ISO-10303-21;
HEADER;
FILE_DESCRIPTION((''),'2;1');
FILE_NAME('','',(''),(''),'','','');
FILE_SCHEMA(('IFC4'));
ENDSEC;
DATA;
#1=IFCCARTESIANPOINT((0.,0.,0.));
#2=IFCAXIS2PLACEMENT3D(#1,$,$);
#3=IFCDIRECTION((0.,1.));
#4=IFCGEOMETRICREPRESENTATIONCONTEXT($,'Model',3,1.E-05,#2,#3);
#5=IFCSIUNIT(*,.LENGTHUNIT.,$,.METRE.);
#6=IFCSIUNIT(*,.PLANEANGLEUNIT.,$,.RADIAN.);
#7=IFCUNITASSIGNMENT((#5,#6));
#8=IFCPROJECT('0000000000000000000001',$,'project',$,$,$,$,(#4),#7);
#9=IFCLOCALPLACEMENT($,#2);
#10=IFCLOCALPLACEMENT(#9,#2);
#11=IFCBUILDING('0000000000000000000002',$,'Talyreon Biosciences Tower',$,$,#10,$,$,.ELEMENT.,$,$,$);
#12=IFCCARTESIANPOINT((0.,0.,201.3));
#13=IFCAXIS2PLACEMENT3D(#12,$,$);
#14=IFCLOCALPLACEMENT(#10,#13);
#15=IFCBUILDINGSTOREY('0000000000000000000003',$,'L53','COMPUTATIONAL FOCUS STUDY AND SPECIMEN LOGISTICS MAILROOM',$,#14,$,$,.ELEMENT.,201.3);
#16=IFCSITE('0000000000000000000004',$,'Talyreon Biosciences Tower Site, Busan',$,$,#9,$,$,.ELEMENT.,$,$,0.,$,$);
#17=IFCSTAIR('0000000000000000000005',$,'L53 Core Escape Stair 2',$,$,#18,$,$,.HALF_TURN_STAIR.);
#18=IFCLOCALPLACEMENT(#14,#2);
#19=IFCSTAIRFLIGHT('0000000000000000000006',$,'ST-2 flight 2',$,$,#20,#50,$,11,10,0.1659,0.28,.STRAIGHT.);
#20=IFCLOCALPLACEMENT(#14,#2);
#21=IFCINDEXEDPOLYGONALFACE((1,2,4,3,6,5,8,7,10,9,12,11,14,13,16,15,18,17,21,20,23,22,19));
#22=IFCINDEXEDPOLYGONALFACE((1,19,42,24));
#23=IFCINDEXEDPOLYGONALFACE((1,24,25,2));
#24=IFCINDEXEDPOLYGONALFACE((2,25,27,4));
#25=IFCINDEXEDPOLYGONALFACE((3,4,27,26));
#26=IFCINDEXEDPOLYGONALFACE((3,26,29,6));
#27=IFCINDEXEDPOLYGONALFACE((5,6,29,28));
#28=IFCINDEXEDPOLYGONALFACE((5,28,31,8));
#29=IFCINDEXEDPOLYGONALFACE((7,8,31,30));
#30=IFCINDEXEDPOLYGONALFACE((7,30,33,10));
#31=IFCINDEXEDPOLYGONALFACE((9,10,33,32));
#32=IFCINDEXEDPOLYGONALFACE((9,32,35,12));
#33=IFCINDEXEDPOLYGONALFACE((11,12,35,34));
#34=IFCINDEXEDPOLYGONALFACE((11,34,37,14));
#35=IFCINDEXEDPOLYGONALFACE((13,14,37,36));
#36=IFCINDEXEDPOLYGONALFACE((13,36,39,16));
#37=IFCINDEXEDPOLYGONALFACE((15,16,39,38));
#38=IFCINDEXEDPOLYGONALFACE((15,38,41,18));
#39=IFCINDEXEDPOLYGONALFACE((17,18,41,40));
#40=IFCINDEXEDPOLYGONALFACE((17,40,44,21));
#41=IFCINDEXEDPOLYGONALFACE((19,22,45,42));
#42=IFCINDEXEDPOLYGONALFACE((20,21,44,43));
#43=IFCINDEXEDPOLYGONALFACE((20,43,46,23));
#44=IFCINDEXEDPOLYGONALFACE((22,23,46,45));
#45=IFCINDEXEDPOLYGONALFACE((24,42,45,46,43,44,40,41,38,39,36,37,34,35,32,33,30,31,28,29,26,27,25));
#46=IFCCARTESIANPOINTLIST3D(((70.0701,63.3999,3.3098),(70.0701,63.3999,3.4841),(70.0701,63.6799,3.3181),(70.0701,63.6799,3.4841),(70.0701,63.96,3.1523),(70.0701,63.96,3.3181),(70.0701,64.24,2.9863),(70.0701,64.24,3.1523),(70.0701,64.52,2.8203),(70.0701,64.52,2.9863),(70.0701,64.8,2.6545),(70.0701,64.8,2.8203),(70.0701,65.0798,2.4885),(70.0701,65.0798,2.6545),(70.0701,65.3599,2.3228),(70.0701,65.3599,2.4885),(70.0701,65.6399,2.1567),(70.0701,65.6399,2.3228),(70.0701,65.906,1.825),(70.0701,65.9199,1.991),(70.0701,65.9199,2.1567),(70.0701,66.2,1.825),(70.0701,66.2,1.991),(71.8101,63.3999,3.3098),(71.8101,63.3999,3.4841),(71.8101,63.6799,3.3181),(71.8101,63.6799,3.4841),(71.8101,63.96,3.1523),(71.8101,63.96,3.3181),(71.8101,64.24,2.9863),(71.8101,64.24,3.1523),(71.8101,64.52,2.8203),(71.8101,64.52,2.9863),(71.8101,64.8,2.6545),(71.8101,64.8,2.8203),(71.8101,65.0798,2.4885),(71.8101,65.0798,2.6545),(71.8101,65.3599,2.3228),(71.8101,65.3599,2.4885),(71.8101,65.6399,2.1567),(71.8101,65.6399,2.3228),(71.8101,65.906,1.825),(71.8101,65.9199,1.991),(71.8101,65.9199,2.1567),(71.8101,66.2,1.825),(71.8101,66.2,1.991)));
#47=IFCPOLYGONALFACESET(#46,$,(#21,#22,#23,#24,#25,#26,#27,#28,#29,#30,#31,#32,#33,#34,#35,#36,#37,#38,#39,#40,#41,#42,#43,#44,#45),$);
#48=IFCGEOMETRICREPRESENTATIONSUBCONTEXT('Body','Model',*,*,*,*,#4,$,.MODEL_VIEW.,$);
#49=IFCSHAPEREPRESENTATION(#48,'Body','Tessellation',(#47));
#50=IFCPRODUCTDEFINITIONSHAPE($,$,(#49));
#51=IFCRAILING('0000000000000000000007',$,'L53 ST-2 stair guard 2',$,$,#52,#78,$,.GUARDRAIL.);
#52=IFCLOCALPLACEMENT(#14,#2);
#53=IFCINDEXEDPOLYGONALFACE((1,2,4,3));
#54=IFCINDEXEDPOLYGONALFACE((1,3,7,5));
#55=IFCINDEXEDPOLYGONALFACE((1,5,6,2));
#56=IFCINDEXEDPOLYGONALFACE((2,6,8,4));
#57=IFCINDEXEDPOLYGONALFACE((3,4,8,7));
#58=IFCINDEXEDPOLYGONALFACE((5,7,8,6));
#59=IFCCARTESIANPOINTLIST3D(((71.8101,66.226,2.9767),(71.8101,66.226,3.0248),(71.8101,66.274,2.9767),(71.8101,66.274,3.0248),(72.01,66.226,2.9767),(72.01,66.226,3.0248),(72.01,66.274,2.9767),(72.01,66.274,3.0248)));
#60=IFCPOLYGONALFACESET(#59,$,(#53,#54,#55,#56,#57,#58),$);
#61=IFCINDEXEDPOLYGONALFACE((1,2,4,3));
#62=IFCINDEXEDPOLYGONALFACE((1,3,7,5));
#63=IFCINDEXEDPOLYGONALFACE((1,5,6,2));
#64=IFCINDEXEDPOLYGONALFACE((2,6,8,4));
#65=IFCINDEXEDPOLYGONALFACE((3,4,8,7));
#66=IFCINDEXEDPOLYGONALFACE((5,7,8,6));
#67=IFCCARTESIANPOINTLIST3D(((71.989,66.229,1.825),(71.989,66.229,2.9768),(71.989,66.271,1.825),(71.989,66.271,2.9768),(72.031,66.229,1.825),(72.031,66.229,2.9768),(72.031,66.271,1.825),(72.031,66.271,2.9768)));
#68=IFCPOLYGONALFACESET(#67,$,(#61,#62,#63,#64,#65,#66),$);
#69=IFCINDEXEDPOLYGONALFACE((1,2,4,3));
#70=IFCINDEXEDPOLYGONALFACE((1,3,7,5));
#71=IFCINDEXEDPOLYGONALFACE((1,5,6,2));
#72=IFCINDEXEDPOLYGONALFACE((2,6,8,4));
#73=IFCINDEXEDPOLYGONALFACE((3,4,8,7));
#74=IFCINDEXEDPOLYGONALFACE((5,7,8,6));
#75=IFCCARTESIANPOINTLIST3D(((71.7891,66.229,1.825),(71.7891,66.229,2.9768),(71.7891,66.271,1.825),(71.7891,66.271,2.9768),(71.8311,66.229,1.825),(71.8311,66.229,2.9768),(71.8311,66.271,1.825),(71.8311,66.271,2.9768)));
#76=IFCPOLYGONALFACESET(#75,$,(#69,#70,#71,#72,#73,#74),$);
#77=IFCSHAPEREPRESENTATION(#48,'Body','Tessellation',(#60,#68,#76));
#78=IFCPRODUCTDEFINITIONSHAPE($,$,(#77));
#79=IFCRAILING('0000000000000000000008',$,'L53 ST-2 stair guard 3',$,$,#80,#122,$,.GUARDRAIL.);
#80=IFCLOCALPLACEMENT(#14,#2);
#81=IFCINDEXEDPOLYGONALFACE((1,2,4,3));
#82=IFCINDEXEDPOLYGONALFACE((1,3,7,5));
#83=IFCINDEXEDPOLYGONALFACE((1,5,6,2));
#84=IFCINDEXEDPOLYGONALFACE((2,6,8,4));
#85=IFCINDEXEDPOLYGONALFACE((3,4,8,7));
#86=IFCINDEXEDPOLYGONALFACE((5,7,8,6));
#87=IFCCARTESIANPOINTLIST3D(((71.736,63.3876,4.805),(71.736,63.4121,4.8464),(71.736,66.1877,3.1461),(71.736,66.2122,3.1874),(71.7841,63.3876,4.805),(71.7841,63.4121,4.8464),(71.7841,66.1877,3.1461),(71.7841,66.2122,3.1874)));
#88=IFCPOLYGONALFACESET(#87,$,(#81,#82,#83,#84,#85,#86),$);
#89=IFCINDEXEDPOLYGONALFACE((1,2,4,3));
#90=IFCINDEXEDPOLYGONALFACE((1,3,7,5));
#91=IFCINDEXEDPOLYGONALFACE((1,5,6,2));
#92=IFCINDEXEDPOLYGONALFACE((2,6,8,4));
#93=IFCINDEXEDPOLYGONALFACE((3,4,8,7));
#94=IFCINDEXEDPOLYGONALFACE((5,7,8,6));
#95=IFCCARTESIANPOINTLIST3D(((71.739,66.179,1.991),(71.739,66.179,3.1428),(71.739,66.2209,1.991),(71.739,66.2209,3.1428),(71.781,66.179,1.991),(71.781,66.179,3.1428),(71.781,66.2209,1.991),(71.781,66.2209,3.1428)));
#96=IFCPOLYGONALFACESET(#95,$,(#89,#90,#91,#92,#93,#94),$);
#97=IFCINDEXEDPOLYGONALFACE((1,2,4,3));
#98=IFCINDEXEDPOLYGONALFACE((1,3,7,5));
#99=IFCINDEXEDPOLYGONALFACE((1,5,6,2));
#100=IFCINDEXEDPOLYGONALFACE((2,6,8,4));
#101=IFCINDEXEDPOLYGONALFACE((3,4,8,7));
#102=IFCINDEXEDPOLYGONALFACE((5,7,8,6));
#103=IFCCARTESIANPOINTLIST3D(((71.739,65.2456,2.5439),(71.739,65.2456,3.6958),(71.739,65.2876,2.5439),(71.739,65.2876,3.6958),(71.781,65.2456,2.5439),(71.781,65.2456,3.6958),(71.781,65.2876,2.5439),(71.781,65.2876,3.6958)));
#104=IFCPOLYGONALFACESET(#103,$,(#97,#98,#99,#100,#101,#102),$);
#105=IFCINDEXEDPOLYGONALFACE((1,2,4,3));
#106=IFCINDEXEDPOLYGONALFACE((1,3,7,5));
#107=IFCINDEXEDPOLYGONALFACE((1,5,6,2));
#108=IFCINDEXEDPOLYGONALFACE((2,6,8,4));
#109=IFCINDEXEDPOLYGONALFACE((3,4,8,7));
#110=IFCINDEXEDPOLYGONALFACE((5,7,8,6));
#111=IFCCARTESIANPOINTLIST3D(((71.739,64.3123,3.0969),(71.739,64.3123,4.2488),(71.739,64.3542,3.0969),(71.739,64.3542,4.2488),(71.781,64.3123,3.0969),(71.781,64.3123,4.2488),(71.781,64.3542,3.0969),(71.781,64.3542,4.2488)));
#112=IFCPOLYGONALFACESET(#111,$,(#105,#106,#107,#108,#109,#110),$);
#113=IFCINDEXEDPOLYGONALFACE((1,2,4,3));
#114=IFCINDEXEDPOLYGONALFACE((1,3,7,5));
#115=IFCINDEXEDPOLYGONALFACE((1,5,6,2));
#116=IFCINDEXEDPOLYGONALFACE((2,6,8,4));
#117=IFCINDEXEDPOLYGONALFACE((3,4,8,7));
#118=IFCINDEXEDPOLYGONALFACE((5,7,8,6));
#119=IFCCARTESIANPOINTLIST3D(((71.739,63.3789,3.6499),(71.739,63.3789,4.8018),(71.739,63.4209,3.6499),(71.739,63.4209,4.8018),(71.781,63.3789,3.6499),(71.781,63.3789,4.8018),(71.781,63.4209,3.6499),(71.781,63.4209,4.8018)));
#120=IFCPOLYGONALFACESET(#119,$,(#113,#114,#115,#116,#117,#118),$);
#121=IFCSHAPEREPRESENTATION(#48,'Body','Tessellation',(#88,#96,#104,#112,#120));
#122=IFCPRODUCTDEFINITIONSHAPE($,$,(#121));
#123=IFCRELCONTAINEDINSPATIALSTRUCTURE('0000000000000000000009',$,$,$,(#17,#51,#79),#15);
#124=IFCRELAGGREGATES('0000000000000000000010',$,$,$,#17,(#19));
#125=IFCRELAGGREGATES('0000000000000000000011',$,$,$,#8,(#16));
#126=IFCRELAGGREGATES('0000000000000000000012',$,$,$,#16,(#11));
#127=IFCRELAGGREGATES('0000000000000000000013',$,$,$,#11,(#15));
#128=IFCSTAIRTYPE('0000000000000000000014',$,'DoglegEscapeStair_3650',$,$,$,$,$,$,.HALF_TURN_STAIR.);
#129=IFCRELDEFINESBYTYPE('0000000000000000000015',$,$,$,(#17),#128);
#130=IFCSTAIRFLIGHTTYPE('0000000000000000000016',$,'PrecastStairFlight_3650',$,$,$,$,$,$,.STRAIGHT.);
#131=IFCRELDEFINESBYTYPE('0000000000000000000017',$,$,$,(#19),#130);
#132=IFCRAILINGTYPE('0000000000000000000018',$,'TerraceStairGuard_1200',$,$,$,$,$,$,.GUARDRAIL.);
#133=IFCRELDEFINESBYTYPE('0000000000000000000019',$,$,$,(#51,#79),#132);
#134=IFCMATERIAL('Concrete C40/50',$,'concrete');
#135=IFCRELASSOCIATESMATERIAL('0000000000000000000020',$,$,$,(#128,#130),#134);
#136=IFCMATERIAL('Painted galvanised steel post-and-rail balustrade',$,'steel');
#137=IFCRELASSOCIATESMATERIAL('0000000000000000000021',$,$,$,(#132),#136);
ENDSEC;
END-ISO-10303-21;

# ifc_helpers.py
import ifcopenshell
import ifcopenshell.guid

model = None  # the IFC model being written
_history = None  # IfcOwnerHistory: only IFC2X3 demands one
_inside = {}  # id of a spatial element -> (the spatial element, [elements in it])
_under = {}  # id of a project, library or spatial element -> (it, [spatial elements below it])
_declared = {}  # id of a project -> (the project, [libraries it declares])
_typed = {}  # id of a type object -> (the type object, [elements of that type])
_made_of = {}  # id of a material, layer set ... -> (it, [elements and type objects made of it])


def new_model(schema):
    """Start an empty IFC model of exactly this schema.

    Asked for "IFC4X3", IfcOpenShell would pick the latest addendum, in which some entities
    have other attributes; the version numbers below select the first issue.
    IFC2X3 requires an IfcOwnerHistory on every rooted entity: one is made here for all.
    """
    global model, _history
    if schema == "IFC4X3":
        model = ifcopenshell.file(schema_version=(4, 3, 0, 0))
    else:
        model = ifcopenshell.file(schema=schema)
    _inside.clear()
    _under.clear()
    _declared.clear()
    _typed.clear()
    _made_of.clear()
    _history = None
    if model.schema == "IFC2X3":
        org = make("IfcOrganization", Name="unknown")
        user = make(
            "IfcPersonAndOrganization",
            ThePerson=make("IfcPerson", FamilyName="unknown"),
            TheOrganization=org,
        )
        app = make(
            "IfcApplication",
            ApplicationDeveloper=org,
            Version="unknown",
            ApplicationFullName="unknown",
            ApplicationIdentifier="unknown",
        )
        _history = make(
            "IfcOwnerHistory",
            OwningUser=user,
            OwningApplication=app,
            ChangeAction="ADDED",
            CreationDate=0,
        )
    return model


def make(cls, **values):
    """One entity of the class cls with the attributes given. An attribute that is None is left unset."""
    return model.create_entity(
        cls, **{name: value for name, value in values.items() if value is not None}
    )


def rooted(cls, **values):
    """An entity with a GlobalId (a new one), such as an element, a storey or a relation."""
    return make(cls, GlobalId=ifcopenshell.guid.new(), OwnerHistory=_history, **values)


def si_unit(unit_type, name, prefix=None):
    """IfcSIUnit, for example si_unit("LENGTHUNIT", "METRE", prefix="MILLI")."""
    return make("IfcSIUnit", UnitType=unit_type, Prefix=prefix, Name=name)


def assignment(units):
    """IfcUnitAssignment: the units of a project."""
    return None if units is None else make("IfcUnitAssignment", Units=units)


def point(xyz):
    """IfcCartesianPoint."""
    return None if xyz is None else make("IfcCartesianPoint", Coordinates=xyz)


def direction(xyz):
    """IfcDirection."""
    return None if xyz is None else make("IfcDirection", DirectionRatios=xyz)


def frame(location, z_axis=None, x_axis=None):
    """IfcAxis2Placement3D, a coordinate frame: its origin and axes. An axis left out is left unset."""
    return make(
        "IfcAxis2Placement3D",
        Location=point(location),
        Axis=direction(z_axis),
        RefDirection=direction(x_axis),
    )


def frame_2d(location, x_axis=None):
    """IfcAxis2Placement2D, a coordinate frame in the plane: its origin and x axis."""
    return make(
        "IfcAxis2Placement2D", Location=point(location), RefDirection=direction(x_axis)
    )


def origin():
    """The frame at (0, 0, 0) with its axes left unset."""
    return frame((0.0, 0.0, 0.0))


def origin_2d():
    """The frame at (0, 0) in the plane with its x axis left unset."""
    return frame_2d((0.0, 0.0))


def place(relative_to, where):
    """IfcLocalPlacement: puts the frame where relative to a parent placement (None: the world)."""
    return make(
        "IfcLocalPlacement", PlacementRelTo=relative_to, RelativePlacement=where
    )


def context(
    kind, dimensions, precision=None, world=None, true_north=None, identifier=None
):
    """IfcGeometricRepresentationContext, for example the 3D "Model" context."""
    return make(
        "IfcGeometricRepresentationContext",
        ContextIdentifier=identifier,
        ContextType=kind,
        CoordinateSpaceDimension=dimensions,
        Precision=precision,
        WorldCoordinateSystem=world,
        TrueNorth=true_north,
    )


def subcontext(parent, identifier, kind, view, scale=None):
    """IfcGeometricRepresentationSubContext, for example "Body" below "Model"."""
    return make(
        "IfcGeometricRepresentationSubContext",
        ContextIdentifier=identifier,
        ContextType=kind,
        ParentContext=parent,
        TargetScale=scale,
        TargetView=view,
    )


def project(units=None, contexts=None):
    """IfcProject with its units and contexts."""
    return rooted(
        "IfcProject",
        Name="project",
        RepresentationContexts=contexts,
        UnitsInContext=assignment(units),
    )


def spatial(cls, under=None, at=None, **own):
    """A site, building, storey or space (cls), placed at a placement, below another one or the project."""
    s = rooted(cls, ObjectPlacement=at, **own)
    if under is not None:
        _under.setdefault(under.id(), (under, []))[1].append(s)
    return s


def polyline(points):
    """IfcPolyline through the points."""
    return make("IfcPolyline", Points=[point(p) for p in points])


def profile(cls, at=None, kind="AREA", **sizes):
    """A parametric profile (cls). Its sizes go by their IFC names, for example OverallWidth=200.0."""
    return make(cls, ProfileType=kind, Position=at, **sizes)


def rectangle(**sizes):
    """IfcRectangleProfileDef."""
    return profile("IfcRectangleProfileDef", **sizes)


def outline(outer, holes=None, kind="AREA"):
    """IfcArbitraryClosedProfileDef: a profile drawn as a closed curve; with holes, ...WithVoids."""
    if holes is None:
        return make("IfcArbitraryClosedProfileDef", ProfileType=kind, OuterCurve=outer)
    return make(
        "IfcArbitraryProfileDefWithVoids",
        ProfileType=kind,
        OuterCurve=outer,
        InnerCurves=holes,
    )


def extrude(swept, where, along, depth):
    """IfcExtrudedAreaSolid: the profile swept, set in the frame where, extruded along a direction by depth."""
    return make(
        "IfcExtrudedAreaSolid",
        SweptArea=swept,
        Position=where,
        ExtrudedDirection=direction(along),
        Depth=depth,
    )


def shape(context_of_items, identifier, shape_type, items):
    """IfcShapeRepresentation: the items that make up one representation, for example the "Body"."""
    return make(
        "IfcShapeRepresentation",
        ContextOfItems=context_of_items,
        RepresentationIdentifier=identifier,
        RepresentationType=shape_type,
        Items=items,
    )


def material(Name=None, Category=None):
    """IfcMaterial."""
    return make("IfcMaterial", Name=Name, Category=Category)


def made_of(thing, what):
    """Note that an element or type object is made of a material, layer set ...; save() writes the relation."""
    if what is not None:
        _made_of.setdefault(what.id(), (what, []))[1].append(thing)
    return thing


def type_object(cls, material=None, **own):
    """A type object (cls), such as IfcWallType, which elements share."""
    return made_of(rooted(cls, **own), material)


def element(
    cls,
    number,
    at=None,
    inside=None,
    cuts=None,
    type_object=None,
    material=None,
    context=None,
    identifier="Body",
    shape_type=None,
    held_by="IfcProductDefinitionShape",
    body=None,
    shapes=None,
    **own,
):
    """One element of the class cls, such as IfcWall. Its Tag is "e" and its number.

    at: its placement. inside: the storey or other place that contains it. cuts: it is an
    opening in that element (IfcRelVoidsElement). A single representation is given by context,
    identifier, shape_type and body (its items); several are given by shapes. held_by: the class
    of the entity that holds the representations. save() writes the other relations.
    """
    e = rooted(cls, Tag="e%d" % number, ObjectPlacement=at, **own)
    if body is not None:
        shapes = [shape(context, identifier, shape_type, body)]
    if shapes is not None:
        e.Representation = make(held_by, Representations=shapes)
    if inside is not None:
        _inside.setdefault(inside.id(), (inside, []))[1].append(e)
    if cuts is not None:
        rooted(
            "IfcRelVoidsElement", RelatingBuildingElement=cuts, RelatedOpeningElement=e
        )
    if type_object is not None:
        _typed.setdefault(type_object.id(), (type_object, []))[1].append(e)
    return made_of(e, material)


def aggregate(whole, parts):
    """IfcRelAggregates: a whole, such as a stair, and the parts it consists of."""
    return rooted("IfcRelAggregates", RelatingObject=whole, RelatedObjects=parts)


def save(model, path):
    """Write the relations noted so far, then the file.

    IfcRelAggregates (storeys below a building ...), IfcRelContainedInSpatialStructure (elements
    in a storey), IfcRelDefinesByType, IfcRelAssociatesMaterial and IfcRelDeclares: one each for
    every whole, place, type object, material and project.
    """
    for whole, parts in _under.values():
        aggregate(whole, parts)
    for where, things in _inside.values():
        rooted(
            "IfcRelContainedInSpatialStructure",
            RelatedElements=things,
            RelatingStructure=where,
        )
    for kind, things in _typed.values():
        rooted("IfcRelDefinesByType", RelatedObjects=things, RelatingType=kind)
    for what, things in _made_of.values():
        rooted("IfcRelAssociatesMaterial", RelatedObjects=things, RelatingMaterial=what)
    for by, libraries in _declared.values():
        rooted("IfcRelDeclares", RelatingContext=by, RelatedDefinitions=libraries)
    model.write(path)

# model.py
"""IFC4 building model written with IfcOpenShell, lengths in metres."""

from ifc_helpers import new_model, si_unit, direction, frame, origin, origin_2d, place, context, subcontext, project, spatial, polyline, rectangle, outline, extrude, material, type_object, element, aggregate, save


model = new_model("IFC4")

# Units and contexts
model_context = context("Model", 3, precision=1e-05, world=origin(), true_north=direction((0.0, 1.0)))
body_context = subcontext(model_context, "Body", "Model", "MODEL_VIEW")
ifc_project = project(units=[si_unit("LENGTHUNIT", "METRE"), si_unit("PLANEANGLEUNIT", "RADIAN")], contexts=[model_context])

# Site, building, storey
site_placement = place(None, origin())
site = spatial("IfcSite", under=ifc_project, at=site_placement, Name="Talyreon Biosciences Tower Site, Busan", CompositionType="ELEMENT", RefElevation=0.0)
building_placement = place(site_placement, origin())
building = spatial("IfcBuilding", under=site, at=building_placement, Name="Talyreon Biosciences Tower", CompositionType="ELEMENT")
storey_placement = place(building_placement, frame((0.0, 0.0, 201.3)))
storey = spatial("IfcBuildingStorey", under=building, at=storey_placement, Name="L53", Description="COMPUTATIONAL FOCUS STUDY AND SPECIMEN LOGISTICS MAILROOM", CompositionType="ELEMENT", Elevation=201.3)

# Stair, stair flight
ifc_material_1 = material(Name="Concrete C40/50", Category="concrete")
stair_type = type_object("IfcStairType", Name="DoglegEscapeStair_3650", PredefinedType="HALF_TURN_STAIR", material=ifc_material_1)
stair_placement = place(storey_placement, origin())
stair = element("IfcStair", 1, at=stair_placement, inside=storey, type_object=stair_type, Name="L53 Core Escape Stair 2", PredefinedType="HALF_TURN_STAIR")
stair_flight_type = type_object("IfcStairFlightType", Name="PrecastStairFlight_3650", PredefinedType="STRAIGHT", material=ifc_material_1)
stair_flight_placement = place(storey_placement, frame((70.9399, 66.2, 1.825), z_axis=(0.0, 0.0, 1.0), x_axis=(0.0, -1.0, 0.0)))
stair_flight = element("IfcStairFlight", 2, at=stair_flight_placement, type_object=stair_flight_type, Name="ST-2 flight 2", NumberOfRisers=11, NumberOfTreads=10, PredefinedType="STRAIGHT", RiserHeight=0.1659, TreadLength=0.28, context=body_context, shape_type="SweptSolid", body=[
    extrude(outline(polyline([(0.0, 0.0), (0.0, 0.166), (0.28, 0.166), (0.28, 0.3318), (0.5601, 0.3318), (0.5601, 0.4978), (0.8401, 0.4978), (0.8401, 0.6636), (1.1201, 0.6636), (1.1201, 0.8296), (1.3999, 0.8296), (1.3999, 0.9954), (1.6799, 0.9954), (1.6799, 1.1614), (1.96, 1.1614), (1.96, 1.3274), (2.24, 1.3274), (2.24, 1.4932), (2.52, 1.4932), (2.52, 1.6592), (2.8, 1.6592), (2.8, 1.825), (2.8, 1.4849), (0.2939, 0.0), (0.0, 0.0)])), frame((0.0, 0.8701, 0.0), z_axis=(0.0, -1.0, 0.0), x_axis=(1.0, 0.0, 0.0)), (0.0, 0.0, 1.0), 1.74),
])
aggregate(stair, [stair_flight])

# Railings
ifc_material_2 = material(Name="Painted galvanised steel post-and-rail balustrade", Category="steel")
railing_type = type_object("IfcRailingType", Name="TerraceStairGuard_1200", PredefinedType="GUARDRAIL", material=ifc_material_2)
railing_1_placement = place(storey_placement, frame((72.01, 66.25, 1.825)))
element("IfcRailing", 3, at=railing_1_placement, inside=storey, type_object=railing_type, Name="L53 ST-2 stair guard 2", PredefinedType="GUARDRAIL", context=body_context, shape_type="SweptSolid", body=[
    extrude(rectangle(XDim=0.0481, YDim=0.0481, at=origin_2d()), frame((0.0, 0.0, 1.1758), z_axis=(-1.0, 0.0, 0.0), x_axis=(0.0, -1.0, 0.0)), (0.0, 0.0, 1.0), 0.2),
    extrude(rectangle(XDim=0.042, YDim=0.042, at=origin_2d()), origin(), (0.0, 0.0, 1.0), 1.1519),
    extrude(rectangle(XDim=0.042, YDim=0.042, at=origin_2d()), frame((-0.2, 0.0, 0.0)), (0.0, 0.0, 1.0), 1.1519),
])
railing_2_placement = place(storey_placement, frame((71.76, 66.2, 1.991)))
element("IfcRailing", 4, at=railing_2_placement, inside=storey, type_object=railing_type, Name="L53 ST-2 stair guard 3", PredefinedType="GUARDRAIL", context=body_context, shape_type="SweptSolid", body=[
    extrude(rectangle(XDim=0.0481, YDim=0.0481, at=origin_2d()), frame((0.0, 0.0, 1.1758), z_axis=(0.0, -0.860339, 0.509722), x_axis=(1.0, 0.0, 0.0)), (0.0, 0.0, 1.0), 3.2546),
    extrude(rectangle(XDim=0.042, YDim=0.042, at=origin_2d()), origin(), (0.0, 0.0, 1.0), 1.1519),
    extrude(rectangle(XDim=0.042, YDim=0.042, at=origin_2d()), frame((0.0, -0.9333, 0.553)), (0.0, 0.0, 1.0), 1.1519),
    extrude(rectangle(XDim=0.042, YDim=0.042, at=origin_2d()), frame((0.0, -1.8667, 1.106)), (0.0, 0.0, 1.0), 1.1519),
    extrude(rectangle(XDim=0.042, YDim=0.042, at=origin_2d()), frame((0.0, -2.8, 1.6589)), (0.0, 0.0, 1.0), 1.1519),
])

save(model, "model.ifc")
